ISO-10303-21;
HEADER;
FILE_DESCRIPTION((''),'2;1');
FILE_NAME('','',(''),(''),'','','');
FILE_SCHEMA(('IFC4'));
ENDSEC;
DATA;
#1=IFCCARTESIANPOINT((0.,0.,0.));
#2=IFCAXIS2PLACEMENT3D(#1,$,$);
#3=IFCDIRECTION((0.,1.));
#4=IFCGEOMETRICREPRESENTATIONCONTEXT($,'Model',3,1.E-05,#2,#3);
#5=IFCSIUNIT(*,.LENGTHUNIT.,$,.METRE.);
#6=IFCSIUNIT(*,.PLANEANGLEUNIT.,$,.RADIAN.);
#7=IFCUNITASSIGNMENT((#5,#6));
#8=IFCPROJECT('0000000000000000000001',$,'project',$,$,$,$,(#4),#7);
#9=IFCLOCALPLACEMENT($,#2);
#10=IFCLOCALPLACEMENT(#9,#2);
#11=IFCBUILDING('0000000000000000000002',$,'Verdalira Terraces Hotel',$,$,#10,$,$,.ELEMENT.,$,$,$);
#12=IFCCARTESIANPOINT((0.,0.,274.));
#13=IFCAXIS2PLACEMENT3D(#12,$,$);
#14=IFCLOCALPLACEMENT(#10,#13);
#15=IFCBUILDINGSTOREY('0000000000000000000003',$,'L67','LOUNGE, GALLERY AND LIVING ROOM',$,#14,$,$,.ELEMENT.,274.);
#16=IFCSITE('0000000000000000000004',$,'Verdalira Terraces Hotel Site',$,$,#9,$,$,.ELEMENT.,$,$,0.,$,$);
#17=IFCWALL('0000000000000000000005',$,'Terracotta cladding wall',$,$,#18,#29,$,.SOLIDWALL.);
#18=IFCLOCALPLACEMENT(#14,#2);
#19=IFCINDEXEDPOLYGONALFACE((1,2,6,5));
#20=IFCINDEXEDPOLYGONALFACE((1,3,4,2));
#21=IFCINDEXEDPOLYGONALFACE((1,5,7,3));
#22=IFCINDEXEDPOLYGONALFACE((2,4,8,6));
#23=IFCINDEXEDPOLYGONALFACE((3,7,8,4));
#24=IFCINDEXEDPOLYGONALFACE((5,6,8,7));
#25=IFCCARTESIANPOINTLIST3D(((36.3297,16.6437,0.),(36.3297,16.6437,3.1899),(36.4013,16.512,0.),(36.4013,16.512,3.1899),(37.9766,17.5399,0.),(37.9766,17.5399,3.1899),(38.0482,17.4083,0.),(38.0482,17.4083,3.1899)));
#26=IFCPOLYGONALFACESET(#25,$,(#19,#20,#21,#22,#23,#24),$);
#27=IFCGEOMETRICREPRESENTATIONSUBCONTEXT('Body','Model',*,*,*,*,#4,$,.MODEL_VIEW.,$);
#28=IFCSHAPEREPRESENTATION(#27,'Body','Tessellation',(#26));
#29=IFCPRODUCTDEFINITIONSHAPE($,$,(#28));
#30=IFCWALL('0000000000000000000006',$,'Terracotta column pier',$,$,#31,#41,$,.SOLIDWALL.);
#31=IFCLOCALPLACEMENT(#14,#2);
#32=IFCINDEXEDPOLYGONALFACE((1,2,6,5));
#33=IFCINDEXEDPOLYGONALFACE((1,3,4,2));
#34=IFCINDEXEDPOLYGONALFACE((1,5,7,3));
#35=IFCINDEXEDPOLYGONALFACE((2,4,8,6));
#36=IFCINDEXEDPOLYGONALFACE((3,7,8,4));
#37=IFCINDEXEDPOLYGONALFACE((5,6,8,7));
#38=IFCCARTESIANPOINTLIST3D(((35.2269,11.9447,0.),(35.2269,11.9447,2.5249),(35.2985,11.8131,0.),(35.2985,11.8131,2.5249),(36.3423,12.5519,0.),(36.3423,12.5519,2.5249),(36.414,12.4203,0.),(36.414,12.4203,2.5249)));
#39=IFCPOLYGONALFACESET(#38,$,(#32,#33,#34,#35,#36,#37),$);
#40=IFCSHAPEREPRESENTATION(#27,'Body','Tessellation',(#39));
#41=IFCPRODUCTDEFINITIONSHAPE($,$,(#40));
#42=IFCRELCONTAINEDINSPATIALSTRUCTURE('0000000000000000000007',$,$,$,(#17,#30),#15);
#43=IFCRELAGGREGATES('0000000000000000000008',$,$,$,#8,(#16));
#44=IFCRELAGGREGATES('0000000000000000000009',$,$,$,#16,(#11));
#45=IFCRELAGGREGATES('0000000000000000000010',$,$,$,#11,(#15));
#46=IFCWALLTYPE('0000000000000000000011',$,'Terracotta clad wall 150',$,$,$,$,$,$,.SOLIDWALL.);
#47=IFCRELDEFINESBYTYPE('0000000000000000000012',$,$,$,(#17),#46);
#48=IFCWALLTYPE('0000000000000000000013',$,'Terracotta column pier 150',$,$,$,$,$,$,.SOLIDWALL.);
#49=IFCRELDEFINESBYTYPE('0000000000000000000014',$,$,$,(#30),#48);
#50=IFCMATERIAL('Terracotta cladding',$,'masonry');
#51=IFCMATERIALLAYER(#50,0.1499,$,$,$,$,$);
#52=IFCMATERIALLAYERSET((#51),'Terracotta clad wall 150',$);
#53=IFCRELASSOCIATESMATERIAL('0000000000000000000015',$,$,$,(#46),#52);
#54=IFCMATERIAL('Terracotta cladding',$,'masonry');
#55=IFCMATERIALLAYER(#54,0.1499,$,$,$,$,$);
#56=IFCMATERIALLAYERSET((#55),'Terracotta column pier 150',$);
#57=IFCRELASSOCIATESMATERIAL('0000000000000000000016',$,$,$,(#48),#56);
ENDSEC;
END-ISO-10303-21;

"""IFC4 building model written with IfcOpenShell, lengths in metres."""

from ifc_helpers import new_model, si_unit, direction, frame, frame_2d, origin, place, context, subcontext, project, spatial, rectangle, extrude, material, layer, layer_set, type_object, element, save


model = new_model("IFC4")

# Units and contexts
model_context = context("Model", 3, precision=1e-05, world=origin(), true_north=direction((0.0, 1.0)))
body_context = subcontext(model_context, "Body", "Model", "MODEL_VIEW")
ifc_project = project(units=[si_unit("LENGTHUNIT", "METRE"), si_unit("PLANEANGLEUNIT", "RADIAN")], contexts=[model_context])

# Site, building, storey
site_placement = place(None, origin())
site = spatial("IfcSite", under=ifc_project, at=site_placement, Name="Verdalira Terraces Hotel Site", CompositionType="ELEMENT", RefElevation=0.0)
building_placement = place(site_placement, origin())
building = spatial("IfcBuilding", under=site, at=building_placement, Name="Verdalira Terraces Hotel", CompositionType="ELEMENT")
storey_placement = place(building_placement, frame((0.0, 0.0, 274.0)))
storey = spatial("IfcBuildingStorey", under=building, at=storey_placement, Name="L67", Description="LOUNGE, GALLERY AND LIVING ROOM", CompositionType="ELEMENT", Elevation=274.0)

# Walls
ifc_material_1 = material(Name="Terracotta cladding", Category="masonry")
ifc_layer_1 = layer(ifc_material_1, 0.1499)
ifc_layer_set_1 = layer_set([ifc_layer_1], Name="Terracotta clad wall 150")
wall_type_1 = type_object("IfcWallType", Name="Terracotta clad wall 150", PredefinedType="SOLIDWALL", material=ifc_layer_set_1)
wall_1_placement = place(storey_placement, frame((36.3655, 16.5779, 0.0), z_axis=(0.0, 0.0, 1.0), x_axis=(0.878368, 0.477985, 0.0)))
element("IfcWall", 1, at=wall_1_placement, inside=storey, type_object=wall_type_1, Name="Terracotta cladding wall", PredefinedType="SOLIDWALL", context=body_context, shape_type="SweptSolid", body=[
    extrude(rectangle(XDim=1.875, YDim=0.1499, at=frame_2d((0.9375, 0.0))), origin(), (0.0, 0.0, 1.0), 3.1899),
])
ifc_material_2 = material(Name="Terracotta cladding", Category="masonry")
ifc_layer_2 = layer(ifc_material_2, 0.1499)
ifc_layer_set_2 = layer_set([ifc_layer_2], Name="Terracotta column pier 150")
wall_type_2 = type_object("IfcWallType", Name="Terracotta column pier 150", PredefinedType="SOLIDWALL", material=ifc_layer_set_2)
wall_2_placement = place(storey_placement, frame((35.2627, 11.8789, 0.0), z_axis=(0.0, 0.0, 1.0), x_axis=(0.878314, 0.478084, 0.0)))
element("IfcWall", 2, at=wall_2_placement, inside=storey, type_object=wall_type_2, Name="Terracotta column pier", PredefinedType="SOLIDWALL", context=body_context, shape_type="SweptSolid", body=[
    extrude(rectangle(XDim=1.27, YDim=0.1499, at=frame_2d((0.635, 0.0))), origin(), (0.0, 0.0, 1.0), 2.5249),
])

save(model, "model.ifc")
